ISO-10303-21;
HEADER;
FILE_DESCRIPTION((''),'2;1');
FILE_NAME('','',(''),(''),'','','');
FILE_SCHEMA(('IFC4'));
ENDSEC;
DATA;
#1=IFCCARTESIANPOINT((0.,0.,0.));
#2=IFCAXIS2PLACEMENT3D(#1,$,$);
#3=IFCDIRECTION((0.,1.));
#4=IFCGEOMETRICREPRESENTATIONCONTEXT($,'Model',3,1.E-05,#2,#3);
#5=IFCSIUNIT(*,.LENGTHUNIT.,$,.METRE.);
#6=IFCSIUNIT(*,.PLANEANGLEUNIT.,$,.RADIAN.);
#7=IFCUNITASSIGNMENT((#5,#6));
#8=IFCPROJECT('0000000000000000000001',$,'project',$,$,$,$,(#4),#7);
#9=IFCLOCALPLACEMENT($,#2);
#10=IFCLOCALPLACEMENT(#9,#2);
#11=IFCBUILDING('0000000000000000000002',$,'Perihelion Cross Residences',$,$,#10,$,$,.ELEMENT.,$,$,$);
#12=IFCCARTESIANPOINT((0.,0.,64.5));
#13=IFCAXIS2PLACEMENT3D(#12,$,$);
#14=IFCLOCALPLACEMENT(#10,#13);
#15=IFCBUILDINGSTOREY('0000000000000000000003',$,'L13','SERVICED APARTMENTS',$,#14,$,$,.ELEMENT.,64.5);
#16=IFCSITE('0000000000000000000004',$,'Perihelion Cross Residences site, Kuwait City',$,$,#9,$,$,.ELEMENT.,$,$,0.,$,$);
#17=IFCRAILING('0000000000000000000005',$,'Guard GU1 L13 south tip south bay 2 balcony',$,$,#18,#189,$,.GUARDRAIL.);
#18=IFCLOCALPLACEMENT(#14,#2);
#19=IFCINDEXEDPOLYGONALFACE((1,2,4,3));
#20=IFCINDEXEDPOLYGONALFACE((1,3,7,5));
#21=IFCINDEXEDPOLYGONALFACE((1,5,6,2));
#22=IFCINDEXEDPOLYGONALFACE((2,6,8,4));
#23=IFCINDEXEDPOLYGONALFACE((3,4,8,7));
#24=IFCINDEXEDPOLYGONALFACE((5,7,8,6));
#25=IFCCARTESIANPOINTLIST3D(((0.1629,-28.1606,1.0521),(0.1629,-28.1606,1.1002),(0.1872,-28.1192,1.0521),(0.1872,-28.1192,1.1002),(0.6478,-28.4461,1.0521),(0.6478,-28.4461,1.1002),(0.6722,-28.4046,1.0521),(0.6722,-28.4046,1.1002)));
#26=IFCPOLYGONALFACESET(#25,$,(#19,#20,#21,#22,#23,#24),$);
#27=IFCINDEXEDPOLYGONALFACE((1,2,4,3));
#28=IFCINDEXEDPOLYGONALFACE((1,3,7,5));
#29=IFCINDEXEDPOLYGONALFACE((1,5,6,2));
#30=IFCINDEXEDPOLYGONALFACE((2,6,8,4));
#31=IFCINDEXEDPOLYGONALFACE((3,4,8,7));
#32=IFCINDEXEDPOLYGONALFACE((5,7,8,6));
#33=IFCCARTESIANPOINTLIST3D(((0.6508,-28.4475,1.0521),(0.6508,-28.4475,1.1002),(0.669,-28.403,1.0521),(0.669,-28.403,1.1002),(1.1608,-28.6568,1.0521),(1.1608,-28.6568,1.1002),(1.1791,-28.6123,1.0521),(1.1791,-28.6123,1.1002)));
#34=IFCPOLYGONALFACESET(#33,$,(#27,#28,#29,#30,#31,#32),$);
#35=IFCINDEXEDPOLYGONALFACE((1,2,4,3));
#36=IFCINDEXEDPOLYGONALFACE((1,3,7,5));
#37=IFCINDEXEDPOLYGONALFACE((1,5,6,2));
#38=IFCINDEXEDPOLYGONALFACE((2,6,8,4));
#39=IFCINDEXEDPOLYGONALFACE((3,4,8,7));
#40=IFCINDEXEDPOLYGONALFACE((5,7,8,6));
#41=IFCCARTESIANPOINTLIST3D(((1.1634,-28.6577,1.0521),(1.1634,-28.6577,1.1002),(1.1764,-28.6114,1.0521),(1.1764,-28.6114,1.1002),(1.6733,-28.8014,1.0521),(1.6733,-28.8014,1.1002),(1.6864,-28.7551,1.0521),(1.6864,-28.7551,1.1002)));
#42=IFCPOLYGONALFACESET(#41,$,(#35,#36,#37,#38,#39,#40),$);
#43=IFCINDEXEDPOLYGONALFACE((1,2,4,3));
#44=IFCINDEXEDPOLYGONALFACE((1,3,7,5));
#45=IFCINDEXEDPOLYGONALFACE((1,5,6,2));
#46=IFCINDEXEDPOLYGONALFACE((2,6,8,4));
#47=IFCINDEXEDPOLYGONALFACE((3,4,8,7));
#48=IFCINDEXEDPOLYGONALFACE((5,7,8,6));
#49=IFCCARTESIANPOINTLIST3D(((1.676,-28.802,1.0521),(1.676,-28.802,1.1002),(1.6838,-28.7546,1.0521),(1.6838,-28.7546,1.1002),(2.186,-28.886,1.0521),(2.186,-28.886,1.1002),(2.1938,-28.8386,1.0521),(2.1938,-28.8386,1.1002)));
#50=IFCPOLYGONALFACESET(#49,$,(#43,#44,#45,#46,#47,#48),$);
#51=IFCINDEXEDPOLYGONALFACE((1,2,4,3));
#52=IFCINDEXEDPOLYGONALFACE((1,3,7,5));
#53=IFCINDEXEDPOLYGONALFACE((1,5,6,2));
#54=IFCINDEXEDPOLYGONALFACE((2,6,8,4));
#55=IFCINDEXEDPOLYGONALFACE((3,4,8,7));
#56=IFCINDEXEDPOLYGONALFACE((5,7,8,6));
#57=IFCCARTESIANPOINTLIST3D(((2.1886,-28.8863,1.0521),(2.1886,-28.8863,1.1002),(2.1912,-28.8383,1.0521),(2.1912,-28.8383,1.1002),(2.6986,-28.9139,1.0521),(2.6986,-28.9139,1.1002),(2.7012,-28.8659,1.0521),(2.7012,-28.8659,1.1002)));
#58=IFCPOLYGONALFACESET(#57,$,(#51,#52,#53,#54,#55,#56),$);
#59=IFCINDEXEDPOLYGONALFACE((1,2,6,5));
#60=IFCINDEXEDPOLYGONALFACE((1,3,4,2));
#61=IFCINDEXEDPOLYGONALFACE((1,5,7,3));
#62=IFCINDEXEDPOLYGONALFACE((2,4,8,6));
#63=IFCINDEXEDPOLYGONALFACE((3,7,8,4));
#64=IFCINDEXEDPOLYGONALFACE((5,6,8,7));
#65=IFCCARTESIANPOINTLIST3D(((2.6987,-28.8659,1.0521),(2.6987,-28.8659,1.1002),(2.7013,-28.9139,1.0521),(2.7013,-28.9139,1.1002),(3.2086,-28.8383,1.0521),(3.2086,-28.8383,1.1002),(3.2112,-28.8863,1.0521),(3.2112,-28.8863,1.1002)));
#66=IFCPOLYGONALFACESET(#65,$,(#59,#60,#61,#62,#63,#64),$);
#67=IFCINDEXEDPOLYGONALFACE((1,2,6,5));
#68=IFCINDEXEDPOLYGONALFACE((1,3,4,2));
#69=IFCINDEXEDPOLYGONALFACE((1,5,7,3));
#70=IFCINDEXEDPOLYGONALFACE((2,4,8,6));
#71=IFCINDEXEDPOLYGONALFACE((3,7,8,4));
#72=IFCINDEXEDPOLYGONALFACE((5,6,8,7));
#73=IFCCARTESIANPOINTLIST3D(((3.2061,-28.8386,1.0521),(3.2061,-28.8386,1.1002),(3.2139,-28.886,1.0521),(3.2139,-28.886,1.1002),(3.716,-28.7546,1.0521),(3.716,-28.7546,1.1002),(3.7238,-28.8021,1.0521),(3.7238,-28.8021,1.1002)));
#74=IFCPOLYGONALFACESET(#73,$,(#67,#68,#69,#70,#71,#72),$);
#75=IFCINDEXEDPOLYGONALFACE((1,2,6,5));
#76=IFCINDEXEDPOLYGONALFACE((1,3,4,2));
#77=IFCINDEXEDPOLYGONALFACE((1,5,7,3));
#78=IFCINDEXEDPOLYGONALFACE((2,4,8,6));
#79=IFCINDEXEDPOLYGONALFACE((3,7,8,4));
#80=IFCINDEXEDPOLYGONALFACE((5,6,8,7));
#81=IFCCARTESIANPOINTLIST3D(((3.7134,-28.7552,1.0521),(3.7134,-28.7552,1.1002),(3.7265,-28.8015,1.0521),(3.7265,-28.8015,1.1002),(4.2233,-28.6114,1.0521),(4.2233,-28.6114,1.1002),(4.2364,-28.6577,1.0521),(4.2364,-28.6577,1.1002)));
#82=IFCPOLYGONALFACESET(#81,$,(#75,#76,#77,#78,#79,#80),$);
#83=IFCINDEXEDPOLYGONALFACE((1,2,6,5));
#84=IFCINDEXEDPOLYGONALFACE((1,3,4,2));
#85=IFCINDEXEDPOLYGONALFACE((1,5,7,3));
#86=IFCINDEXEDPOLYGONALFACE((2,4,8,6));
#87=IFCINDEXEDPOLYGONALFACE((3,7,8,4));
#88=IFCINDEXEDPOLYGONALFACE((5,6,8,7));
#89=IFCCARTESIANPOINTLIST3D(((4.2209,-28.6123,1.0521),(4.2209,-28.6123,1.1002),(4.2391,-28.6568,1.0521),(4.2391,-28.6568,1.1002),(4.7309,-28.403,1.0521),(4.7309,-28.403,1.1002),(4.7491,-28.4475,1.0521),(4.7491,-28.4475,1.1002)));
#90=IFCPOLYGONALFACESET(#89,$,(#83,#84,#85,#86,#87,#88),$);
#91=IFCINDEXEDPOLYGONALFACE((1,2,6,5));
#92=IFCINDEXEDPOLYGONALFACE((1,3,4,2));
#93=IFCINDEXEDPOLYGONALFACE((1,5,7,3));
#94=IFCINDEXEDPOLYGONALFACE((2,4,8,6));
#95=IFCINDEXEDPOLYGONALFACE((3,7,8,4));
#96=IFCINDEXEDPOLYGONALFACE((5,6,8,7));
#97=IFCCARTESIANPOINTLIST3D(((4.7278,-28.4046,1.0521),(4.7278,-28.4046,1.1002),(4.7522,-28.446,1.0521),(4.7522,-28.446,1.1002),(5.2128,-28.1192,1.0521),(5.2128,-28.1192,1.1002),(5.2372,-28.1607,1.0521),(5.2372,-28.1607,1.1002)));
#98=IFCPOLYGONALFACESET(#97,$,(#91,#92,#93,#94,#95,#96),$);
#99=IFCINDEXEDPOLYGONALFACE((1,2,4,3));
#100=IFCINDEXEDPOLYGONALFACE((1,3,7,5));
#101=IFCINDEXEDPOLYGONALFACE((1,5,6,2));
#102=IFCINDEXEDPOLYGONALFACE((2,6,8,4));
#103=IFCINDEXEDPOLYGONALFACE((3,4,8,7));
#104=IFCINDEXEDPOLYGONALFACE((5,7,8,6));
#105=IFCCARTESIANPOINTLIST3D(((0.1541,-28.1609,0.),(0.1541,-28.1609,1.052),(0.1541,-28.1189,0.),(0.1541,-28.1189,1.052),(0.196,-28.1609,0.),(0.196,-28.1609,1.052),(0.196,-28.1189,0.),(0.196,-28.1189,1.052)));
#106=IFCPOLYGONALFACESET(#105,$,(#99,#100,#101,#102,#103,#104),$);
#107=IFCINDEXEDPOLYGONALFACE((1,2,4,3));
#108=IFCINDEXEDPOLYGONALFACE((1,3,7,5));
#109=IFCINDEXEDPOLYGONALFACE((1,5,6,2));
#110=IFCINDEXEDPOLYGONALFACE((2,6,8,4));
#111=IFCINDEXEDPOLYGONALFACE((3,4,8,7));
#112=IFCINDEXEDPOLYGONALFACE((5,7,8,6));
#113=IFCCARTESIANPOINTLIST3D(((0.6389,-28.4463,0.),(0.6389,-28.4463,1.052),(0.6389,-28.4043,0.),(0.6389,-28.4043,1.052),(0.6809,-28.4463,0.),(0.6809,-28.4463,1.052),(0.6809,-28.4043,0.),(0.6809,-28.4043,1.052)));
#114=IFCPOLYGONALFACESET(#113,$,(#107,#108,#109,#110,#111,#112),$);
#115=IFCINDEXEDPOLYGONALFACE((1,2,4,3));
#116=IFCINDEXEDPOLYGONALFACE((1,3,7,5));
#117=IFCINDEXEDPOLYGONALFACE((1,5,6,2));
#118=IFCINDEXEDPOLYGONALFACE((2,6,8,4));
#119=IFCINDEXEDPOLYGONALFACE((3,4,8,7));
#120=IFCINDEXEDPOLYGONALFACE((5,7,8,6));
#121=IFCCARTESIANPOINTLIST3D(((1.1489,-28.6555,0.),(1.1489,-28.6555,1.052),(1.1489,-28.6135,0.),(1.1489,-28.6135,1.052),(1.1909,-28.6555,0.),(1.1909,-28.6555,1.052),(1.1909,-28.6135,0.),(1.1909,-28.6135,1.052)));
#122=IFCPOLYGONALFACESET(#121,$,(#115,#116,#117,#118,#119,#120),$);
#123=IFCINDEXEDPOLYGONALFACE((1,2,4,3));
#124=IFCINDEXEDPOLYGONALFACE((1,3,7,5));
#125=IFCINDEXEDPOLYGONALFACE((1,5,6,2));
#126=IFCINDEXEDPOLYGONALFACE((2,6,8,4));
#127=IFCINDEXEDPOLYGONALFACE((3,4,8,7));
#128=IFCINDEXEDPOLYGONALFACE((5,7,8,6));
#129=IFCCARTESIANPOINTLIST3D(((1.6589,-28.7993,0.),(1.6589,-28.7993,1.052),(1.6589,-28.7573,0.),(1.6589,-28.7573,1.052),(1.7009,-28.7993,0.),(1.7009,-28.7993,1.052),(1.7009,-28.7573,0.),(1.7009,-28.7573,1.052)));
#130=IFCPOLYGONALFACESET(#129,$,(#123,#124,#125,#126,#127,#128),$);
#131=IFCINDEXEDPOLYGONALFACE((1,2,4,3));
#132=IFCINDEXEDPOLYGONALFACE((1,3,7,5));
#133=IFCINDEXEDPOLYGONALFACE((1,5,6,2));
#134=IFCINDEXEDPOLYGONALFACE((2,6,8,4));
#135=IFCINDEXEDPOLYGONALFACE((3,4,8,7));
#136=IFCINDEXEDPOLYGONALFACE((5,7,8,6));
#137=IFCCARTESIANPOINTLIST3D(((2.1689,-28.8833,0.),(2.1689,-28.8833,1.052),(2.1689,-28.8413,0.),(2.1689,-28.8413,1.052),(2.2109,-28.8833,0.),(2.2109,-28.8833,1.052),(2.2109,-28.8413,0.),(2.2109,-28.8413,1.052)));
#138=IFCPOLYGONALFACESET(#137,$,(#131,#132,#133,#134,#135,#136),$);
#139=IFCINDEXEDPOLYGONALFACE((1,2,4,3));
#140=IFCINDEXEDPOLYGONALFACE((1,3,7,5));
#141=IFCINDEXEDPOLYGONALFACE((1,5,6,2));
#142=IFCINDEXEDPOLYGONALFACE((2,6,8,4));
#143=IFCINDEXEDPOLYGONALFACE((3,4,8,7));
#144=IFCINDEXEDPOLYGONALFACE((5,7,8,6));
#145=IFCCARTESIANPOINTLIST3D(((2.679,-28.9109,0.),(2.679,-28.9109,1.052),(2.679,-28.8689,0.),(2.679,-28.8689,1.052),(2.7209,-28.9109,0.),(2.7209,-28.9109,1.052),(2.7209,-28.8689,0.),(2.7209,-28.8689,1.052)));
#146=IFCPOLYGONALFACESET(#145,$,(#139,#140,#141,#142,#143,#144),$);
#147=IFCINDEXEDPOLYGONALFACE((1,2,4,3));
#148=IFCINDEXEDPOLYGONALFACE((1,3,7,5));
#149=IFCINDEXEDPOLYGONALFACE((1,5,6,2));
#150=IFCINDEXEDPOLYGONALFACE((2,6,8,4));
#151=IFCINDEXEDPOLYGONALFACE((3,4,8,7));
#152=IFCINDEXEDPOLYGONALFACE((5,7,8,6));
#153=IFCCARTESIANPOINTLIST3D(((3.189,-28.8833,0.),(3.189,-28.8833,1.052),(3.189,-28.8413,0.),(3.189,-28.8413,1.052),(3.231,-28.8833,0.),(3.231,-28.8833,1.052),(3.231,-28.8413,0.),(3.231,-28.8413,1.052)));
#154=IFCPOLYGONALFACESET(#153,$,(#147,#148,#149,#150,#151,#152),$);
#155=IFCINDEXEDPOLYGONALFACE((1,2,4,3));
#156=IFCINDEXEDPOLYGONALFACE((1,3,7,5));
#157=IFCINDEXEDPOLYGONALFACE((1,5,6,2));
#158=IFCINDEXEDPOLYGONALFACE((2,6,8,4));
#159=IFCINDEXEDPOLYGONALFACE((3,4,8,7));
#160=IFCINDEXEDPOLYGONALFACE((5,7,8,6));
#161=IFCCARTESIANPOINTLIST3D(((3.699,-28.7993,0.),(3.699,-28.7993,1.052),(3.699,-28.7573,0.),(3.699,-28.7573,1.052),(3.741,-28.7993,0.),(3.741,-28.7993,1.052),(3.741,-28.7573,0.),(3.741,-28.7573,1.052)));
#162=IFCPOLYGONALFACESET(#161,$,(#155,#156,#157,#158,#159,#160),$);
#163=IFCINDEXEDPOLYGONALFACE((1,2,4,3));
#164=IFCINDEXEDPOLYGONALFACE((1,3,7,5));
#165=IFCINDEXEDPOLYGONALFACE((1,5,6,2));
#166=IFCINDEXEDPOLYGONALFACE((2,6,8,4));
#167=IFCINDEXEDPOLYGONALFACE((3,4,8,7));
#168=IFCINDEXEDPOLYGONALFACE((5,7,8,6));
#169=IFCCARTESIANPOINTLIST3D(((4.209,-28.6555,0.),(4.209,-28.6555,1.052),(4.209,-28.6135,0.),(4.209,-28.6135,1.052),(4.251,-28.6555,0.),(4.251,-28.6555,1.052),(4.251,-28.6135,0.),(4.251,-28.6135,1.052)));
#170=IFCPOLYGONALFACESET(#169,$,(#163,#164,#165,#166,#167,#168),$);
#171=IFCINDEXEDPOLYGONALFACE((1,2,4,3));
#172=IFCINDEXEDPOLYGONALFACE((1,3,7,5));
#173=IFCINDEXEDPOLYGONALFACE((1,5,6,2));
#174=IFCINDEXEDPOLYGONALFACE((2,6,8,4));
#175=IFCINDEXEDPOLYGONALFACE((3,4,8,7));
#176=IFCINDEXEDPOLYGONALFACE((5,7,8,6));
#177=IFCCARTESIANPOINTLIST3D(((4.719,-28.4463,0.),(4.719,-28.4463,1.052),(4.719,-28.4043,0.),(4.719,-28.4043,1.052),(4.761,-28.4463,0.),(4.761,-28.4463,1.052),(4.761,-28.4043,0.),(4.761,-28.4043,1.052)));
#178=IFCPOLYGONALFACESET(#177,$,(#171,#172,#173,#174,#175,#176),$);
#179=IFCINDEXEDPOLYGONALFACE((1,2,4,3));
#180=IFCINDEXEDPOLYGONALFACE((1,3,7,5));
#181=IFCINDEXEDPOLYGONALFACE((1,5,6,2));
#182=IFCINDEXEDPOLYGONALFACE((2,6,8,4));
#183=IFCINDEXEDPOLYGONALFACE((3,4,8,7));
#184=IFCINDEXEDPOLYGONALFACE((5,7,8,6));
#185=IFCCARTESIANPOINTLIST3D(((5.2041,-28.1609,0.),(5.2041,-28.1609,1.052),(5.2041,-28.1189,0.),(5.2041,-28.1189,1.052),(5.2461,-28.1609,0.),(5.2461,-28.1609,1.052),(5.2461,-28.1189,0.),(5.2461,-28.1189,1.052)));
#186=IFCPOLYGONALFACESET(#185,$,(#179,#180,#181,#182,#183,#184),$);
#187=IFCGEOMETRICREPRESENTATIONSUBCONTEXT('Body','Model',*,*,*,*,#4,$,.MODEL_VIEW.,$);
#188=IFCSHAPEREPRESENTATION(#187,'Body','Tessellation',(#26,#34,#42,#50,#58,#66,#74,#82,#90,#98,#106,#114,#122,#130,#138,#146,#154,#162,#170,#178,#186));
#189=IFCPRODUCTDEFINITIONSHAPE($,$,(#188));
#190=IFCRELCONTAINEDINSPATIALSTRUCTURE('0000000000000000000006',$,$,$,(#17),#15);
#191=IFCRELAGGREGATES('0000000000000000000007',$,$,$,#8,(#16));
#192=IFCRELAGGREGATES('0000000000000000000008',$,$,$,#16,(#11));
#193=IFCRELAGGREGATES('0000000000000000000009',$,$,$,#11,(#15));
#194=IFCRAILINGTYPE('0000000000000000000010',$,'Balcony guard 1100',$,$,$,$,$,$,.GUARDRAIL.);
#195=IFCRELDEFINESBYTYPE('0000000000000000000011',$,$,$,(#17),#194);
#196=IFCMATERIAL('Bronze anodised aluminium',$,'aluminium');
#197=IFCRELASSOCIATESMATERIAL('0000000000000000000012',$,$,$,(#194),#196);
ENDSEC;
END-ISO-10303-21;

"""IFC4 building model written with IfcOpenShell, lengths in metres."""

from ifc_helpers import new_model, si_unit, direction, frame, origin, origin_2d, place, context, subcontext, project, spatial, rectangle, extrude, material, type_object, element, save


model = new_model("IFC4")

# Units and contexts
model_context = context("Model", 3, precision=1e-05, world=origin(), true_north=direction((0.0, 1.0)))
body_context = subcontext(model_context, "Body", "Model", "MODEL_VIEW")
ifc_project = project(units=[si_unit("LENGTHUNIT", "METRE"), si_unit("PLANEANGLEUNIT", "RADIAN")], contexts=[model_context])

# Site, building, storey
site_placement = place(None, origin())
site = spatial("IfcSite", under=ifc_project, at=site_placement, Name="Perihelion Cross Residences site, Kuwait City", CompositionType="ELEMENT", RefElevation=0.0)
building_placement = place(site_placement, origin())
building = spatial("IfcBuilding", under=site, at=building_placement, Name="Perihelion Cross Residences", CompositionType="ELEMENT")
storey_placement = place(building_placement, frame((0.0, 0.0, 64.5)))
storey = spatial("IfcBuildingStorey", under=building, at=storey_placement, Name="L13", Description="SERVICED APARTMENTS", CompositionType="ELEMENT", Elevation=64.5)

# Railing
ifc_material_1 = material(Name="Bronze anodised aluminium", Category="aluminium")
railing_type = type_object("IfcRailingType", Name="Balcony guard 1100", PredefinedType="GUARDRAIL", material=ifc_material_1)
railing_placement = place(storey_placement, frame((0.175, -28.1399, 0.0)))
element("IfcRailing", 1, at=railing_placement, inside=storey, type_object=railing_type, Name="Guard GU1 L13 south tip south bay 2 balcony", PredefinedType="GUARDRAIL", context=body_context, shape_type="SweptSolid", body=[
    extrude(rectangle(XDim=0.0481, YDim=0.0481, at=origin_2d()), frame((0.0, 0.0, 1.0762), z_axis=(0.861789, -0.507267, 0.0), x_axis=(0.507267, 0.861789, 0.0)), (0.0, 0.0, 1.0), 0.5627),
    extrude(rectangle(XDim=0.0481, YDim=0.0481, at=origin_2d()), frame((0.4849, -0.2854, 1.0762), z_axis=(0.925173, -0.379547, 0.0), x_axis=(0.379547, 0.925173, 0.0)), (0.0, 0.0, 1.0), 0.5513),
    extrude(rectangle(XDim=0.0481, YDim=0.0481, at=origin_2d()), frame((0.9949, -0.4946, 1.0762), z_axis=(0.962474, -0.271373, 0.0), x_axis=(0.271373, 0.962474, 0.0)), (0.0, 0.0, 1.0), 0.5298),
    extrude(rectangle(XDim=0.0481, YDim=0.0481, at=origin_2d()), frame((1.5049, -0.6384, 1.0762), z_axis=(0.986711, -0.162484, 0.0), x_axis=(0.162484, 0.986711, 0.0)), (0.0, 0.0, 1.0), 0.5168),
    extrude(rectangle(XDim=0.0481, YDim=0.0481, at=origin_2d()), frame((2.0149, -0.7224, 1.0762), z_axis=(0.99854, -0.054014, 0.0), x_axis=(0.054014, 0.99854, 0.0)), (0.0, 0.0, 1.0), 0.5107),
    extrude(rectangle(XDim=0.0481, YDim=0.0481, at=origin_2d()), frame((2.5249, -0.75, 1.0762), z_axis=(0.99854, 0.054014, 0.0), x_axis=(-0.054014, 0.99854, 0.0)), (0.0, 0.0, 1.0), 0.5107),
    extrude(rectangle(XDim=0.0481, YDim=0.0481, at=origin_2d()), frame((3.0349, -0.7224, 1.0762), z_axis=(0.986711, 0.162484, 0.0), x_axis=(-0.162484, 0.986711, 0.0)), (0.0, 0.0, 1.0), 0.5168),
    extrude(rectangle(XDim=0.0481, YDim=0.0481, at=origin_2d()), frame((3.5449, -0.6384, 1.0762), z_axis=(0.962474, 0.271373, 0.0), x_axis=(-0.271373, 0.962474, 0.0)), (0.0, 0.0, 1.0), 0.5298),
    extrude(rectangle(XDim=0.0481, YDim=0.0481, at=origin_2d()), frame((4.0549, -0.4946, 1.0762), z_axis=(0.925173, 0.379547, 0.0), x_axis=(-0.379547, 0.925173, 0.0)), (0.0, 0.0, 1.0), 0.5513),
    extrude(rectangle(XDim=0.0481, YDim=0.0481, at=origin_2d()), frame((4.5649, -0.2854, 1.0762), z_axis=(0.861901, 0.507077, 0.0), x_axis=(-0.507077, 0.861901, 0.0)), (0.0, 0.0, 1.0), 0.5627),
    extrude(rectangle(XDim=0.042, YDim=0.042, at=origin_2d()), origin(), (0.0, 0.0, 1.0), 1.052),
    extrude(rectangle(XDim=0.042, YDim=0.042, at=origin_2d()), frame((0.4849, -0.2854, 0.0)), (0.0, 0.0, 1.0), 1.052),
    extrude(rectangle(XDim=0.042, YDim=0.042, at=origin_2d()), frame((0.9949, -0.4946, 0.0)), (0.0, 0.0, 1.0), 1.052),
    extrude(rectangle(XDim=0.042, YDim=0.042, at=origin_2d()), frame((1.5049, -0.6384, 0.0)), (0.0, 0.0, 1.0), 1.052),
    extrude(rectangle(XDim=0.042, YDim=0.042, at=origin_2d()), frame((2.0149, -0.7224, 0.0)), (0.0, 0.0, 1.0), 1.052),
    extrude(rectangle(XDim=0.042, YDim=0.042, at=origin_2d()), frame((2.5249, -0.75, 0.0)), (0.0, 0.0, 1.0), 1.052),
    extrude(rectangle(XDim=0.042, YDim=0.042, at=origin_2d()), frame((3.0349, -0.7224, 0.0)), (0.0, 0.0, 1.0), 1.052),
    extrude(rectangle(XDim=0.042, YDim=0.042, at=origin_2d()), frame((3.5449, -0.6384, 0.0)), (0.0, 0.0, 1.0), 1.052),
    extrude(rectangle(XDim=0.042, YDim=0.042, at=origin_2d()), frame((4.0549, -0.4946, 0.0)), (0.0, 0.0, 1.0), 1.052),
    extrude(rectangle(XDim=0.042, YDim=0.042, at=origin_2d()), frame((4.5649, -0.2854, 0.0)), (0.0, 0.0, 1.0), 1.052),
    extrude(rectangle(XDim=0.042, YDim=0.042, at=origin_2d()), frame((5.05, 0.0, 0.0)), (0.0, 0.0, 1.0), 1.052),
])

save(model, "model.ifc")
